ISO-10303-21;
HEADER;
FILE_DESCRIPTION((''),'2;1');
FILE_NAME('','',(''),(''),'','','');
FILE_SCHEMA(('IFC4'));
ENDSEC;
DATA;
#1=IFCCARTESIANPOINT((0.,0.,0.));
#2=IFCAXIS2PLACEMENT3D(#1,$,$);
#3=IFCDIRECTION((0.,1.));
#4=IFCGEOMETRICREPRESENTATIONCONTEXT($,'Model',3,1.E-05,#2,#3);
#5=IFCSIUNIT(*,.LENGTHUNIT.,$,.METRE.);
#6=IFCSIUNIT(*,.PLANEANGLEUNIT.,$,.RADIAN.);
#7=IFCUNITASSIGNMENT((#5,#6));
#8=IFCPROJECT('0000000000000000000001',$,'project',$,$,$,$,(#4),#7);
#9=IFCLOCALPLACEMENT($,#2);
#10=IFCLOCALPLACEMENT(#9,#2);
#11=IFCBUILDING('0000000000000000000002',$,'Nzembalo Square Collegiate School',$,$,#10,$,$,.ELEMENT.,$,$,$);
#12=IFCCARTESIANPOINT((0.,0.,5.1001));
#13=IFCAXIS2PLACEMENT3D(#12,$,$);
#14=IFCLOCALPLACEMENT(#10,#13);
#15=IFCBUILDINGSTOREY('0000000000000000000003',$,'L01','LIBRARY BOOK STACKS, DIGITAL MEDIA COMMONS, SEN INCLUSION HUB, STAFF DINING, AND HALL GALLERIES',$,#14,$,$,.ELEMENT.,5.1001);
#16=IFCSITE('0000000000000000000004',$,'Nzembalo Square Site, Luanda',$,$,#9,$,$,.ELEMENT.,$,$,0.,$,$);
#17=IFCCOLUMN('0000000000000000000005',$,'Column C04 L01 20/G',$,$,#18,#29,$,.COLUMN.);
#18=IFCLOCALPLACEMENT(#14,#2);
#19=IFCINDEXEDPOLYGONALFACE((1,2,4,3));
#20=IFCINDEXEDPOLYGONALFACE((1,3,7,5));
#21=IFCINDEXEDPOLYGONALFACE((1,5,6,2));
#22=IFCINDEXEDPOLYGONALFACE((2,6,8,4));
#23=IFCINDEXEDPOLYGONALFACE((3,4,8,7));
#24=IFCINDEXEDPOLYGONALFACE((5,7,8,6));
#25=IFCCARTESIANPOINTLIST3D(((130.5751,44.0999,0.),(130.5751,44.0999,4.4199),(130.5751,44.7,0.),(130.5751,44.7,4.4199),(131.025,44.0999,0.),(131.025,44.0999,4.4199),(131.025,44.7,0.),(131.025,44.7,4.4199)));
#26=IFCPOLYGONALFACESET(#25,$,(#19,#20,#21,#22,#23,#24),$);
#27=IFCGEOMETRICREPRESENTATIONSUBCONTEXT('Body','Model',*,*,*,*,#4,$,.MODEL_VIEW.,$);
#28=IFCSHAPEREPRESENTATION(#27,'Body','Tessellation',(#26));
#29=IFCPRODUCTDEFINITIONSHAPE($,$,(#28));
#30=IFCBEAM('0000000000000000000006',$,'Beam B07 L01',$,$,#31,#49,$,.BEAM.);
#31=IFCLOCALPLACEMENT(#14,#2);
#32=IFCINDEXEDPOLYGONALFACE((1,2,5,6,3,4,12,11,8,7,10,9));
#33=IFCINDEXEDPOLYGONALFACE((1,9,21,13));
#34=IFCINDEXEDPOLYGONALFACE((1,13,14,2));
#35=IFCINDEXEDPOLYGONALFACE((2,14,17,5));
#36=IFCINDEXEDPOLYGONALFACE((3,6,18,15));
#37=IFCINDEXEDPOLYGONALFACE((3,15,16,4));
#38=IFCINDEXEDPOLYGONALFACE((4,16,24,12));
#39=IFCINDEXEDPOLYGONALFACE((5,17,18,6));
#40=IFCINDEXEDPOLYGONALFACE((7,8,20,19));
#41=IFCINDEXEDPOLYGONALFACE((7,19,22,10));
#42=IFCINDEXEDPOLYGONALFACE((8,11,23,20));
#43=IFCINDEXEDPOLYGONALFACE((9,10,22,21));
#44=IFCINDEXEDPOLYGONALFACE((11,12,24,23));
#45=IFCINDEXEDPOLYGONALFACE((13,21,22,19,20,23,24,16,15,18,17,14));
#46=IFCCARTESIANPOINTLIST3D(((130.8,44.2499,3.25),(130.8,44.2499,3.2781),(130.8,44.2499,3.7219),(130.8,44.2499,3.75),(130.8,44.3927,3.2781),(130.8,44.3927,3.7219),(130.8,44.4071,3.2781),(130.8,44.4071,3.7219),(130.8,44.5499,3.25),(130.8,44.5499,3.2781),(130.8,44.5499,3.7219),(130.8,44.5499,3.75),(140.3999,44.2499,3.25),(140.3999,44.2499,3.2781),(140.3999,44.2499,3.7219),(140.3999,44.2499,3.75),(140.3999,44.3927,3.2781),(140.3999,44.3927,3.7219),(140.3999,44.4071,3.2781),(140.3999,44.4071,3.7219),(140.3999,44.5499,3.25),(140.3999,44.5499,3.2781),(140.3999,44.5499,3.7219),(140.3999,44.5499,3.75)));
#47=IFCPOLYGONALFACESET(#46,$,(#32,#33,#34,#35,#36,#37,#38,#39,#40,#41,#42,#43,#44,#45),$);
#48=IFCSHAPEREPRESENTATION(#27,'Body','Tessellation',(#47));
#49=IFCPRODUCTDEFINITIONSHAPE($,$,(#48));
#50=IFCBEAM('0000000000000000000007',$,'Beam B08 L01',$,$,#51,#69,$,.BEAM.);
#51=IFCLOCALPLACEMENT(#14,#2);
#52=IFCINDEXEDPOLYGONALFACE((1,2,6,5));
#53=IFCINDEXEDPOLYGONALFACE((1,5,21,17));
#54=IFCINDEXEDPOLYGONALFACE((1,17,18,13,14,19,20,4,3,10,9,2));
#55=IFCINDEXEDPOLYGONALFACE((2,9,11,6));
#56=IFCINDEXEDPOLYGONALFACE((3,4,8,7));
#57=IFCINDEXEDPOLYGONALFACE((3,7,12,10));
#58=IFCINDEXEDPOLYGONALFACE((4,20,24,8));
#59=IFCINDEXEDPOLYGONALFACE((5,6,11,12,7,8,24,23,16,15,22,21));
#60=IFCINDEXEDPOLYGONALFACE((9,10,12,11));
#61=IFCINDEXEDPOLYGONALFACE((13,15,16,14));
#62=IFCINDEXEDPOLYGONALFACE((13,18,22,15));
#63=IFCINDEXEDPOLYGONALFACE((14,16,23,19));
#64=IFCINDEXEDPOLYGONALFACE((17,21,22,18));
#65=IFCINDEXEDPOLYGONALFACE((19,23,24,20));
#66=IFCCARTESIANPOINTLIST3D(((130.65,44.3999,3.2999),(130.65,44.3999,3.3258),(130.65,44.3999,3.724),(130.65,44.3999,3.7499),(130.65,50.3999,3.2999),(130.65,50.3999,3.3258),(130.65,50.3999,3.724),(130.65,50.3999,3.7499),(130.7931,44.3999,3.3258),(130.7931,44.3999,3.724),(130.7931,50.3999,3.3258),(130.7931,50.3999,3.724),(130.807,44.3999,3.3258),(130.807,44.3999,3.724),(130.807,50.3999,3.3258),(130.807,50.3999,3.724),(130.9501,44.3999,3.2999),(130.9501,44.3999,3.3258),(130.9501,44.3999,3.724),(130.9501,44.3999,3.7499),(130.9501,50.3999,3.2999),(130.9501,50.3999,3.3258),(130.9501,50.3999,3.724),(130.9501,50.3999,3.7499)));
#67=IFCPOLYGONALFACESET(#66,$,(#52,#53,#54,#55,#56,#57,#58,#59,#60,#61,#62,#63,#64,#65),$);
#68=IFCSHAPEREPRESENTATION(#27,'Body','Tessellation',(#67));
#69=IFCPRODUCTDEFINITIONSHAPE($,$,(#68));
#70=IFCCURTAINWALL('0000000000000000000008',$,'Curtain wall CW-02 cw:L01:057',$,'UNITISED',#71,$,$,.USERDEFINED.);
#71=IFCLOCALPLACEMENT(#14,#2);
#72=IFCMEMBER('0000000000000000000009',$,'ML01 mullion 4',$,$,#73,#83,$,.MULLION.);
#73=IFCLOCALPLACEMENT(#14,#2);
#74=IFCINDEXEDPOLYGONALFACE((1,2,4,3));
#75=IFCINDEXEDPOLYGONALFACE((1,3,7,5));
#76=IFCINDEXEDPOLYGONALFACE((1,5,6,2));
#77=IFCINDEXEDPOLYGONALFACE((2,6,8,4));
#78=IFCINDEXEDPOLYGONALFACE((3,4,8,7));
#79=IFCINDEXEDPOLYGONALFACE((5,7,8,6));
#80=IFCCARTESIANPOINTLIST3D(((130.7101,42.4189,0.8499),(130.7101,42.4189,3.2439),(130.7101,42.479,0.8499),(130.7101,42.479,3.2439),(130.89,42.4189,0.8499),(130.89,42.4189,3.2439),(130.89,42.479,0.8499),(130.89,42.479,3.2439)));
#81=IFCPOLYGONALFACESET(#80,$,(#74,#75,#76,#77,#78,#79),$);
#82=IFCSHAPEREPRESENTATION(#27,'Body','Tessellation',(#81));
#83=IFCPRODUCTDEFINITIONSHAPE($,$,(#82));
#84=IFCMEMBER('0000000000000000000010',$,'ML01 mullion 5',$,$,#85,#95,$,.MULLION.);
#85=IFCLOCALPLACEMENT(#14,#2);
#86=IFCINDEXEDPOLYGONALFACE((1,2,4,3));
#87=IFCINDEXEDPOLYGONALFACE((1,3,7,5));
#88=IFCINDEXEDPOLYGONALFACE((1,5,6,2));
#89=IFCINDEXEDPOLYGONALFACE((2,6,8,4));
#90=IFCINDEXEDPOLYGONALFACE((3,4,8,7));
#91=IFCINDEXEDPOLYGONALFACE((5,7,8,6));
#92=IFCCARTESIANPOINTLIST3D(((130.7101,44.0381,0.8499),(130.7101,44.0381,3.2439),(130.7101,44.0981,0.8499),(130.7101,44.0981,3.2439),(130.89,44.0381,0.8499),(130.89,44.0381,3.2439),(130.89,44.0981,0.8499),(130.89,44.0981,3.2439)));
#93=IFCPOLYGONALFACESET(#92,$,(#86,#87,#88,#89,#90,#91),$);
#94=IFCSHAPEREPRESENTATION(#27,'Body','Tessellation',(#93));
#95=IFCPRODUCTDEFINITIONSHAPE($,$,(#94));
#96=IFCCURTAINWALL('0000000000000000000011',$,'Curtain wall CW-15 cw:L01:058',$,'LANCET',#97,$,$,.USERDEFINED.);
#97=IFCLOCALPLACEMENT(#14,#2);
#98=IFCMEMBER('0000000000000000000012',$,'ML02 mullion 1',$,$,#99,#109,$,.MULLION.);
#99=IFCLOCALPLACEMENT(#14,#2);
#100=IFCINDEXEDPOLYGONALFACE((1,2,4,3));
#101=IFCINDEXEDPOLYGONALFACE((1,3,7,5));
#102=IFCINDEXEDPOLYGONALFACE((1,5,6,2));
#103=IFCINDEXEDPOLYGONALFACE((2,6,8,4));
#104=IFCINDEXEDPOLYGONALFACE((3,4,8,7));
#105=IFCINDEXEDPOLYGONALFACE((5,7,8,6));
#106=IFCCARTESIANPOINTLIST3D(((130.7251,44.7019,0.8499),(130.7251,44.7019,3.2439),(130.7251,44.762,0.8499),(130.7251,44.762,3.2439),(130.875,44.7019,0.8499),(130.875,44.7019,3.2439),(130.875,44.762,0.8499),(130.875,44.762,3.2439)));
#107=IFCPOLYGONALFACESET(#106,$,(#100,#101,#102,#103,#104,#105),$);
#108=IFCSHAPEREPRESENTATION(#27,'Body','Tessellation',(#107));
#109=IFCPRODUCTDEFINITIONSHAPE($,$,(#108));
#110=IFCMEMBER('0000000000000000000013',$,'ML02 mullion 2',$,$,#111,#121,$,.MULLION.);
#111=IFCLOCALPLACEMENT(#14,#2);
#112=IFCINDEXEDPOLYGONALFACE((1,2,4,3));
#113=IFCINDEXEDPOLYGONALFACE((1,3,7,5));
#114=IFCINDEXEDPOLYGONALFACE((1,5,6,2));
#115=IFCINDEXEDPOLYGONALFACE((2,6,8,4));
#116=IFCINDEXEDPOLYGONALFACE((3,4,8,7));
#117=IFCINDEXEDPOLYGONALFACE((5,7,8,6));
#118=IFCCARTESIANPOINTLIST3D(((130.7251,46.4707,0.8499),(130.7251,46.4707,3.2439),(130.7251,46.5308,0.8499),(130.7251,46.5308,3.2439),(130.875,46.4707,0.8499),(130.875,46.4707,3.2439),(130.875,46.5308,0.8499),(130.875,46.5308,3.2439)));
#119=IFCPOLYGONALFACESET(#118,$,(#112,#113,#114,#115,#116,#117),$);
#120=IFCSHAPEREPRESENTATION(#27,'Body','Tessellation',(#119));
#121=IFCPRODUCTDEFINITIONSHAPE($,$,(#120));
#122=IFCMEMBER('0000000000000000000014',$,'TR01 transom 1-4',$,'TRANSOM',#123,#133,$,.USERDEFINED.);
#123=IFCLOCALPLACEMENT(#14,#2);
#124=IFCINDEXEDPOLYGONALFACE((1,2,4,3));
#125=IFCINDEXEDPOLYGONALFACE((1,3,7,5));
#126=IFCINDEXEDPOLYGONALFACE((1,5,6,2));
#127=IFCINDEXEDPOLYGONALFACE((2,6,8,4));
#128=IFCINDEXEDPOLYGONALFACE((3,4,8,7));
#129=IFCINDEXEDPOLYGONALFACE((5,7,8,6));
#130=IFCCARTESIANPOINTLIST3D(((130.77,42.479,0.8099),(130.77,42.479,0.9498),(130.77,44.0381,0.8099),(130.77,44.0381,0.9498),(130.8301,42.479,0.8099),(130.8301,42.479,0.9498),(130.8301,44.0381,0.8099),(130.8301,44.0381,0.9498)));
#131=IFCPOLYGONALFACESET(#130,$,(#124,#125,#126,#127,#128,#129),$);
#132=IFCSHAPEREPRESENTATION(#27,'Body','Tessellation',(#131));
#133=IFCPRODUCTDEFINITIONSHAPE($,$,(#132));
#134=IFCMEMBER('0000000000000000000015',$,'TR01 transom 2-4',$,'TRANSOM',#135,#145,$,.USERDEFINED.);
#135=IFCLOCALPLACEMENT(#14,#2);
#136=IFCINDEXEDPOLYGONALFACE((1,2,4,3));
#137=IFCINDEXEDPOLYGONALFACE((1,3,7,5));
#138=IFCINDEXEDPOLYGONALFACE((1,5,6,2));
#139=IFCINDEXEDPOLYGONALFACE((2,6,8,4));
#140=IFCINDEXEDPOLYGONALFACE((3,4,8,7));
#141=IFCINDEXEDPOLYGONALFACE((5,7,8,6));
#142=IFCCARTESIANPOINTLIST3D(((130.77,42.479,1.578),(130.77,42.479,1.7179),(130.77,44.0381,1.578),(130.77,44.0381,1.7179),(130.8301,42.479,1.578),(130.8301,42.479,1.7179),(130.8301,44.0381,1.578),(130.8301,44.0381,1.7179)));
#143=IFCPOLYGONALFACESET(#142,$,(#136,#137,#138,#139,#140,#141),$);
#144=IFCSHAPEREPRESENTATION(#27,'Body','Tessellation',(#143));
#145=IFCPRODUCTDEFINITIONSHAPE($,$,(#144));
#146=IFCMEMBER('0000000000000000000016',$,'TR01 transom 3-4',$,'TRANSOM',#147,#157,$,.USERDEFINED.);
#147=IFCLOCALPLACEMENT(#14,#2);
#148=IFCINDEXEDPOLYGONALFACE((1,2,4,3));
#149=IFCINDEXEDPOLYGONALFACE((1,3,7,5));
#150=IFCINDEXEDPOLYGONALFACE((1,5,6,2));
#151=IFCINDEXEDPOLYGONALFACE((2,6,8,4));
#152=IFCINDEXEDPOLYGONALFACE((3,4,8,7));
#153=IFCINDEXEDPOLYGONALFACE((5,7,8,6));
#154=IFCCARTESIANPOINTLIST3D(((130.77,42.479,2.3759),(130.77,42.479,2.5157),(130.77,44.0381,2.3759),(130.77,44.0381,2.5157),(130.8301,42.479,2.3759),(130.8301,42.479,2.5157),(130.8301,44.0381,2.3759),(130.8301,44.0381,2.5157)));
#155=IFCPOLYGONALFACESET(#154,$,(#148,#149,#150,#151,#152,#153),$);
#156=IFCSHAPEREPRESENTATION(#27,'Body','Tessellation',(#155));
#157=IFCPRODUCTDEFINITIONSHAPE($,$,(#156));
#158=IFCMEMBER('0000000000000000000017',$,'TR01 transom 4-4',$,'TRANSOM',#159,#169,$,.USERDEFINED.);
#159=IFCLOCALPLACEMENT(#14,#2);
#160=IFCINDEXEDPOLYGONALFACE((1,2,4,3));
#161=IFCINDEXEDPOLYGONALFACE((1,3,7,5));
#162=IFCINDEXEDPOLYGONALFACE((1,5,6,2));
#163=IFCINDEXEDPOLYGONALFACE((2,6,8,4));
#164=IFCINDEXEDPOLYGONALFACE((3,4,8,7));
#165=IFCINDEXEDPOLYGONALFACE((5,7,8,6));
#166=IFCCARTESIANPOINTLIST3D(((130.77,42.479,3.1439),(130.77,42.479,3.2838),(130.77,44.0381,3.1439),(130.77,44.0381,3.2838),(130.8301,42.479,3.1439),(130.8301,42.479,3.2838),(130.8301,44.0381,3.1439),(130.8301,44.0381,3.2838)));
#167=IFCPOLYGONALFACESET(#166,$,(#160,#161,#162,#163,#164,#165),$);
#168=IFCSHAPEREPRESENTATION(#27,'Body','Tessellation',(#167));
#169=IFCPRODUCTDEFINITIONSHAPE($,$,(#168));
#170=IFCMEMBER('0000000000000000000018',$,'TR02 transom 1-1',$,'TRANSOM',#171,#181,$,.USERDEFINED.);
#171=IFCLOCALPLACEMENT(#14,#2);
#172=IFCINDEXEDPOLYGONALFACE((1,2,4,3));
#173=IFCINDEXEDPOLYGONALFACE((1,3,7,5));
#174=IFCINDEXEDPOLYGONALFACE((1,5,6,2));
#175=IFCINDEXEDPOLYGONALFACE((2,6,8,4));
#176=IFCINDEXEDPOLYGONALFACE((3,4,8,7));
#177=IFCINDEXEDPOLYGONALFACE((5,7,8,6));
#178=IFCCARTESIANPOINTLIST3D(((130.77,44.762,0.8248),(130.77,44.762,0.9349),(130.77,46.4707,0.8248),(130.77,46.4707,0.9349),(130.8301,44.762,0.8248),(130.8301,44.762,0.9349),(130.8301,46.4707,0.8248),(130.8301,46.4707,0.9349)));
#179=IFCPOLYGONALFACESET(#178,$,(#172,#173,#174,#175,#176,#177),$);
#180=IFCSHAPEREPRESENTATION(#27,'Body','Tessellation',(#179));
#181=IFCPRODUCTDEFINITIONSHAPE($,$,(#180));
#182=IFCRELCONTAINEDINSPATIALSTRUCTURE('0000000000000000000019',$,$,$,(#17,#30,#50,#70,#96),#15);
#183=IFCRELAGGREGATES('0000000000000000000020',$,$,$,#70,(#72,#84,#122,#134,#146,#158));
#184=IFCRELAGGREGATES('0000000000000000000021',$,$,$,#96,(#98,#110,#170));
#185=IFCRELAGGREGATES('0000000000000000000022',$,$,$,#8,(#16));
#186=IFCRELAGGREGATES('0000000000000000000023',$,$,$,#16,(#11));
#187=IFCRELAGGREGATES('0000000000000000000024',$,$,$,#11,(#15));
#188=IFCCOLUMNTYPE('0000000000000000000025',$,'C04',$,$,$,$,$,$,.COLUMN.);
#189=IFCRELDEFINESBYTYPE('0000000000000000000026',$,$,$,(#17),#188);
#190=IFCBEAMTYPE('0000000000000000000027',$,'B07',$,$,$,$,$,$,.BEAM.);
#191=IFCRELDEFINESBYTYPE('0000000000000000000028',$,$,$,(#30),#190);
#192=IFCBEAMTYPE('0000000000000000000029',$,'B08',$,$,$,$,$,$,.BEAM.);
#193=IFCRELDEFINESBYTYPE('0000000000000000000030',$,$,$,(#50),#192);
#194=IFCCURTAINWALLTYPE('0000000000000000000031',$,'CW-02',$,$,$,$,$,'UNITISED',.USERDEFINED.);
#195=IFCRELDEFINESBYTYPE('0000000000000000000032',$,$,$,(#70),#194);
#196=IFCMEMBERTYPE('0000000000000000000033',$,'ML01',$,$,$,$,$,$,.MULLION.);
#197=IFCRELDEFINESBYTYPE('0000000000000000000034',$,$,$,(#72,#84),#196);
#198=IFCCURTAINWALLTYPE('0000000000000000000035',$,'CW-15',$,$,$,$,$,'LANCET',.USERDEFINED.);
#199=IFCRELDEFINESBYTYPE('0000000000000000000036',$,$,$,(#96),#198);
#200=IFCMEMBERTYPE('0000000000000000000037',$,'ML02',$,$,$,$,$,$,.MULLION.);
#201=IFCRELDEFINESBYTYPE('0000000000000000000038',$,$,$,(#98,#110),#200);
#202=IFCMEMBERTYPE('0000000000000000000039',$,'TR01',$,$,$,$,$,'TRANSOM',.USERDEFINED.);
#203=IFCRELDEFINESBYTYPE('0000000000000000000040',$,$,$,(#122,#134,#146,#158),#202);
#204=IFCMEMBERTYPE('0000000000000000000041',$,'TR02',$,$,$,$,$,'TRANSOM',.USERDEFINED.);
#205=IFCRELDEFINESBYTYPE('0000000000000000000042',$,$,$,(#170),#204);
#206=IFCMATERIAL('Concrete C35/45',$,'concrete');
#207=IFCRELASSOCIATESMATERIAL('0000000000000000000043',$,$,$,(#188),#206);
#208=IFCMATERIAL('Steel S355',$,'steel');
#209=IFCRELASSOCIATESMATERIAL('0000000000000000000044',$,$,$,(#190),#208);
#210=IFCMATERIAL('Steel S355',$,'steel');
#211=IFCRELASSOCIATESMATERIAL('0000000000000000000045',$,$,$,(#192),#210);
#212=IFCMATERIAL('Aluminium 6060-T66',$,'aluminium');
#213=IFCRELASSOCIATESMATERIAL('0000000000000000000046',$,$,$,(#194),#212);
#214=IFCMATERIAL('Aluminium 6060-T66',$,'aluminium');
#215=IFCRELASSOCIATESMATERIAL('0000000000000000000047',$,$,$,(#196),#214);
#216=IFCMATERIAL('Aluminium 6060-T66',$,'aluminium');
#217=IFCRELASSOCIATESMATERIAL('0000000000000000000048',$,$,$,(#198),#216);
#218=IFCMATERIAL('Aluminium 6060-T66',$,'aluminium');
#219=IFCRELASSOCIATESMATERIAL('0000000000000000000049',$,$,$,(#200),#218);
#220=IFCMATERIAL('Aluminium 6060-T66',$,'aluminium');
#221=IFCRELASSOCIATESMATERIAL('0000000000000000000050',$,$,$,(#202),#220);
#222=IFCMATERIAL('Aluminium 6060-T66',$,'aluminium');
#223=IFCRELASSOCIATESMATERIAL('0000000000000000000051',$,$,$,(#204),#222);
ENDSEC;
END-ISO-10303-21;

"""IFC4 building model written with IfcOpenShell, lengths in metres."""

from ifc_helpers import new_model, si_unit, direction, frame, origin, origin_2d, place, context, subcontext, project, spatial, rectangle, i_section, extrude, material, material_profile, profile_set, type_object, element, aggregate, save


model = new_model("IFC4")

# Units and contexts
model_context = context("Model", 3, precision=1e-05, world=origin(), true_north=direction((0.0, 1.0)))
body_context = subcontext(model_context, "Body", "Model", "MODEL_VIEW")
ifc_project = project(units=[si_unit("LENGTHUNIT", "METRE"), si_unit("PLANEANGLEUNIT", "RADIAN")], contexts=[model_context])

# Site, building, storey
site_placement = place(None, origin())
site = spatial("IfcSite", under=ifc_project, at=site_placement, Name="Nzembalo Square Site, Luanda", CompositionType="ELEMENT", RefElevation=0.0)
building_placement = place(site_placement, origin())
building = spatial("IfcBuilding", under=site, at=building_placement, Name="Nzembalo Square Collegiate School", CompositionType="ELEMENT")
storey_placement = place(building_placement, frame((0.0, 0.0, 5.1001)))
storey = spatial("IfcBuildingStorey", under=building, at=storey_placement, Name="L01", Description="LIBRARY BOOK STACKS, DIGITAL MEDIA COMMONS, SEN INCLUSION HUB, STAFF DINING, AND HALL GALLERIES", CompositionType="ELEMENT", Elevation=5.1001)

# Column
ifc_material_1 = material(Name="Concrete C35/45", Category="concrete")
ifc_material_profile_1 = material_profile(ifc_material_1, rectangle(XDim=0.45, YDim=0.6001, at=origin_2d()), Name="RC 450x600")
ifc_profile_set_1 = profile_set([ifc_material_profile_1], Name="Concrete C35/45")
column_type = type_object("IfcColumnType", Name="C04", PredefinedType="COLUMN", material=ifc_profile_set_1)
column_placement = place(storey_placement, frame((130.8, 44.3999, 0.0), z_axis=(0.0, 0.0, 1.0), x_axis=(1.0, 0.0, 0.0)))
element("IfcColumn", 1, at=column_placement, inside=storey, type_object=column_type, Name="Column C04 L01 20/G", PredefinedType="COLUMN", context=body_context, shape_type="SweptSolid", body=[
    extrude(rectangle(XDim=0.45, YDim=0.6001, at=origin_2d()), origin(), (0.0, 0.0, 1.0), 4.4199),
])

# Beams
ifc_material_2 = material(Name="Steel S355", Category="steel")
ifc_material_profile_2 = material_profile(ifc_material_2, i_section(OverallWidth=0.3, OverallDepth=0.5, WebThickness=0.0144, FlangeThickness=0.0281, at=origin_2d()), Name="HEB 500")
ifc_profile_set_2 = profile_set([ifc_material_profile_2], Name="Steel S355")
beam_type_1 = type_object("IfcBeamType", Name="B07", PredefinedType="BEAM", material=ifc_profile_set_2)
beam_1_placement = place(storey_placement, frame((130.8, 44.3999, 3.5), z_axis=(1.0, 0.0, 0.0), x_axis=(0.0, 1.0, 0.0)))
element("IfcBeam", 2, at=beam_1_placement, inside=storey, type_object=beam_type_1, Name="Beam B07 L01", PredefinedType="BEAM", context=body_context, shape_type="SweptSolid", body=[
    extrude(i_section(OverallWidth=0.3, OverallDepth=0.5, WebThickness=0.0144, FlangeThickness=0.0281, at=origin_2d()), origin(), (0.0, 0.0, 1.0), 9.5999),
])
ifc_material_3 = material(Name="Steel S355", Category="steel")
ifc_material_profile_3 = material_profile(ifc_material_3, i_section(OverallWidth=0.3, OverallDepth=0.45, WebThickness=0.0139, FlangeThickness=0.0259, at=origin_2d()), Name="HEB 450")
ifc_profile_set_3 = profile_set([ifc_material_profile_3], Name="Steel S355")
beam_type_2 = type_object("IfcBeamType", Name="B08", PredefinedType="BEAM", material=ifc_profile_set_3)
beam_2_placement = place(storey_placement, frame((130.8, 44.3999, 3.5249), z_axis=(0.0, 1.0, 0.0), x_axis=(-1.0, 0.0, 0.0)))
element("IfcBeam", 3, at=beam_2_placement, inside=storey, type_object=beam_type_2, Name="Beam B08 L01", PredefinedType="BEAM", context=body_context, shape_type="SweptSolid", body=[
    extrude(i_section(OverallWidth=0.3, OverallDepth=0.45, WebThickness=0.0139, FlangeThickness=0.0259, at=origin_2d()), origin(), (0.0, 0.0, 1.0), 6.0),
])

# Curtain walls, members
ifc_material_4 = material(Name="Aluminium 6060-T66", Category="aluminium")
curtain_wall_type_1 = type_object("IfcCurtainWallType", Name="CW-02", ElementType="UNITISED", PredefinedType="USERDEFINED", material=ifc_material_4)
curtain_wall_1_placement = place(storey_placement, origin())
curtain_wall_1 = element("IfcCurtainWall", 4, at=curtain_wall_1_placement, inside=storey, type_object=curtain_wall_type_1, Name="Curtain wall CW-02 cw:L01:057", ObjectType="UNITISED", PredefinedType="USERDEFINED")
ifc_material_5 = material(Name="Aluminium 6060-T66", Category="aluminium")
ifc_material_profile_4 = material_profile(ifc_material_5, rectangle(XDim=0.0601, YDim=0.1799, at=origin_2d()), Name="ALU M60x180")
ifc_profile_set_4 = profile_set([ifc_material_profile_4], Name="Aluminium 6060-T66")
member_type_1 = type_object("IfcMemberType", Name="ML01", PredefinedType="MULLION", material=ifc_profile_set_4)
member_1_placement = place(storey_placement, frame((130.8, 42.449, 0.8499), z_axis=(0.0, 0.0, 1.0), x_axis=(0.0, 1.0, 0.0)))
member_1 = element("IfcMember", 5, at=member_1_placement, type_object=member_type_1, Name="ML01 mullion 4", PredefinedType="MULLION", context=body_context, shape_type="SweptSolid", body=[
    extrude(rectangle(XDim=0.0601, YDim=0.1799, at=origin_2d()), origin(), (0.0, 0.0, 1.0), 2.394),
])
member_2_placement = place(storey_placement, frame((130.8, 44.0681, 0.8499), z_axis=(0.0, 0.0, 1.0), x_axis=(0.0, 1.0, 0.0)))
member_2 = element("IfcMember", 6, at=member_2_placement, type_object=member_type_1, Name="ML01 mullion 5", PredefinedType="MULLION", context=body_context, shape_type="SweptSolid", body=[
    extrude(rectangle(XDim=0.0601, YDim=0.1799, at=origin_2d()), origin(), (0.0, 0.0, 1.0), 2.394),
])
ifc_material_6 = material(Name="Aluminium 6060-T66", Category="aluminium")
curtain_wall_type_2 = type_object("IfcCurtainWallType", Name="CW-15", ElementType="LANCET", PredefinedType="USERDEFINED", material=ifc_material_6)
curtain_wall_2_placement = place(storey_placement, origin())
curtain_wall_2 = element("IfcCurtainWall", 7, at=curtain_wall_2_placement, inside=storey, type_object=curtain_wall_type_2, Name="Curtain wall CW-15 cw:L01:058", ObjectType="LANCET", PredefinedType="USERDEFINED")
ifc_material_7 = material(Name="Aluminium 6060-T66", Category="aluminium")
ifc_material_profile_5 = material_profile(ifc_material_7, rectangle(XDim=0.0601, YDim=0.1499, at=origin_2d()), Name="ALU M60x150")
ifc_profile_set_5 = profile_set([ifc_material_profile_5], Name="Aluminium 6060-T66")
member_type_2 = type_object("IfcMemberType", Name="ML02", PredefinedType="MULLION", material=ifc_profile_set_5)
member_3_placement = place(storey_placement, frame((130.8, 44.7319, 0.8499), z_axis=(0.0, 0.0, 1.0), x_axis=(0.0, 1.0, 0.0)))
member_3 = element("IfcMember", 8, at=member_3_placement, type_object=member_type_2, Name="ML02 mullion 1", PredefinedType="MULLION", context=body_context, shape_type="SweptSolid", body=[
    extrude(rectangle(XDim=0.0601, YDim=0.1499, at=origin_2d()), origin(), (0.0, 0.0, 1.0), 2.394),
])
member_4_placement = place(storey_placement, frame((130.8, 46.5007, 0.8499), z_axis=(0.0, 0.0, 1.0), x_axis=(0.0, 1.0, 0.0)))
member_4 = element("IfcMember", 9, at=member_4_placement, type_object=member_type_2, Name="ML02 mullion 2", PredefinedType="MULLION", context=body_context, shape_type="SweptSolid", body=[
    extrude(rectangle(XDim=0.0601, YDim=0.1499, at=origin_2d()), origin(), (0.0, 0.0, 1.0), 2.394),
])

# Members
ifc_material_8 = material(Name="Aluminium 6060-T66", Category="aluminium")
ifc_material_profile_6 = material_profile(ifc_material_8, rectangle(XDim=0.0601, YDim=0.1399, at=origin_2d()), Name="ALU T60x140")
ifc_profile_set_6 = profile_set([ifc_material_profile_6], Name="Aluminium 6060-T66")
member_type_3 = type_object("IfcMemberType", Name="TR01", ElementType="TRANSOM", PredefinedType="USERDEFINED", material=ifc_profile_set_6)
member_5_placement = place(storey_placement, frame((130.8, 42.479, 0.8799), z_axis=(0.0, 1.0, 0.0), x_axis=(-1.0, 0.0, 0.0)))
member_5 = element("IfcMember", 10, at=member_5_placement, type_object=member_type_3, Name="TR01 transom 1-4", ObjectType="TRANSOM", PredefinedType="USERDEFINED", context=body_context, shape_type="SweptSolid", body=[
    extrude(rectangle(XDim=0.0601, YDim=0.1399, at=origin_2d()), origin(), (0.0, 0.0, 1.0), 1.5591),
])
member_6_placement = place(storey_placement, frame((130.8, 42.479, 1.6479), z_axis=(0.0, 1.0, 0.0), x_axis=(-1.0, 0.0, 0.0)))
member_6 = element("IfcMember", 11, at=member_6_placement, type_object=member_type_3, Name="TR01 transom 2-4", ObjectType="TRANSOM", PredefinedType="USERDEFINED", context=body_context, shape_type="SweptSolid", body=[
    extrude(rectangle(XDim=0.0601, YDim=0.1399, at=origin_2d()), origin(), (0.0, 0.0, 1.0), 1.5591),
])
member_7_placement = place(storey_placement, frame((130.8, 42.479, 2.4458), z_axis=(0.0, 1.0, 0.0), x_axis=(-1.0, 0.0, 0.0)))
member_7 = element("IfcMember", 12, at=member_7_placement, type_object=member_type_3, Name="TR01 transom 3-4", ObjectType="TRANSOM", PredefinedType="USERDEFINED", context=body_context, shape_type="SweptSolid", body=[
    extrude(rectangle(XDim=0.0601, YDim=0.1399, at=origin_2d()), origin(), (0.0, 0.0, 1.0), 1.5591),
])
member_8_placement = place(storey_placement, frame((130.8, 42.479, 3.2139), z_axis=(0.0, 1.0, 0.0), x_axis=(-1.0, 0.0, 0.0)))
member_8 = element("IfcMember", 13, at=member_8_placement, type_object=member_type_3, Name="TR01 transom 4-4", ObjectType="TRANSOM", PredefinedType="USERDEFINED", context=body_context, shape_type="SweptSolid", body=[
    extrude(rectangle(XDim=0.0601, YDim=0.1399, at=origin_2d()), origin(), (0.0, 0.0, 1.0), 1.5591),
])
ifc_material_9 = material(Name="Aluminium 6060-T66", Category="aluminium")
ifc_material_profile_7 = material_profile(ifc_material_9, rectangle(XDim=0.0601, YDim=0.1101, at=origin_2d()), Name="ALU T60x110")
ifc_profile_set_7 = profile_set([ifc_material_profile_7], Name="Aluminium 6060-T66")
member_type_4 = type_object("IfcMemberType", Name="TR02", ElementType="TRANSOM", PredefinedType="USERDEFINED", material=ifc_profile_set_7)
member_9_placement = place(storey_placement, frame((130.8, 44.762, 0.8799), z_axis=(0.0, 1.0, 0.0), x_axis=(-1.0, 0.0, 0.0)))
member_9 = element("IfcMember", 14, at=member_9_placement, type_object=member_type_4, Name="TR02 transom 1-1", ObjectType="TRANSOM", PredefinedType="USERDEFINED", context=body_context, shape_type="SweptSolid", body=[
    extrude(rectangle(XDim=0.0601, YDim=0.1101, at=origin_2d()), origin(), (0.0, 0.0, 1.0), 1.7087),
])

aggregate(curtain_wall_1, [member_1, member_2, member_5, member_6, member_7, member_8])
aggregate(curtain_wall_2, [member_3, member_4, member_9])

save(model, "model.ifc")
